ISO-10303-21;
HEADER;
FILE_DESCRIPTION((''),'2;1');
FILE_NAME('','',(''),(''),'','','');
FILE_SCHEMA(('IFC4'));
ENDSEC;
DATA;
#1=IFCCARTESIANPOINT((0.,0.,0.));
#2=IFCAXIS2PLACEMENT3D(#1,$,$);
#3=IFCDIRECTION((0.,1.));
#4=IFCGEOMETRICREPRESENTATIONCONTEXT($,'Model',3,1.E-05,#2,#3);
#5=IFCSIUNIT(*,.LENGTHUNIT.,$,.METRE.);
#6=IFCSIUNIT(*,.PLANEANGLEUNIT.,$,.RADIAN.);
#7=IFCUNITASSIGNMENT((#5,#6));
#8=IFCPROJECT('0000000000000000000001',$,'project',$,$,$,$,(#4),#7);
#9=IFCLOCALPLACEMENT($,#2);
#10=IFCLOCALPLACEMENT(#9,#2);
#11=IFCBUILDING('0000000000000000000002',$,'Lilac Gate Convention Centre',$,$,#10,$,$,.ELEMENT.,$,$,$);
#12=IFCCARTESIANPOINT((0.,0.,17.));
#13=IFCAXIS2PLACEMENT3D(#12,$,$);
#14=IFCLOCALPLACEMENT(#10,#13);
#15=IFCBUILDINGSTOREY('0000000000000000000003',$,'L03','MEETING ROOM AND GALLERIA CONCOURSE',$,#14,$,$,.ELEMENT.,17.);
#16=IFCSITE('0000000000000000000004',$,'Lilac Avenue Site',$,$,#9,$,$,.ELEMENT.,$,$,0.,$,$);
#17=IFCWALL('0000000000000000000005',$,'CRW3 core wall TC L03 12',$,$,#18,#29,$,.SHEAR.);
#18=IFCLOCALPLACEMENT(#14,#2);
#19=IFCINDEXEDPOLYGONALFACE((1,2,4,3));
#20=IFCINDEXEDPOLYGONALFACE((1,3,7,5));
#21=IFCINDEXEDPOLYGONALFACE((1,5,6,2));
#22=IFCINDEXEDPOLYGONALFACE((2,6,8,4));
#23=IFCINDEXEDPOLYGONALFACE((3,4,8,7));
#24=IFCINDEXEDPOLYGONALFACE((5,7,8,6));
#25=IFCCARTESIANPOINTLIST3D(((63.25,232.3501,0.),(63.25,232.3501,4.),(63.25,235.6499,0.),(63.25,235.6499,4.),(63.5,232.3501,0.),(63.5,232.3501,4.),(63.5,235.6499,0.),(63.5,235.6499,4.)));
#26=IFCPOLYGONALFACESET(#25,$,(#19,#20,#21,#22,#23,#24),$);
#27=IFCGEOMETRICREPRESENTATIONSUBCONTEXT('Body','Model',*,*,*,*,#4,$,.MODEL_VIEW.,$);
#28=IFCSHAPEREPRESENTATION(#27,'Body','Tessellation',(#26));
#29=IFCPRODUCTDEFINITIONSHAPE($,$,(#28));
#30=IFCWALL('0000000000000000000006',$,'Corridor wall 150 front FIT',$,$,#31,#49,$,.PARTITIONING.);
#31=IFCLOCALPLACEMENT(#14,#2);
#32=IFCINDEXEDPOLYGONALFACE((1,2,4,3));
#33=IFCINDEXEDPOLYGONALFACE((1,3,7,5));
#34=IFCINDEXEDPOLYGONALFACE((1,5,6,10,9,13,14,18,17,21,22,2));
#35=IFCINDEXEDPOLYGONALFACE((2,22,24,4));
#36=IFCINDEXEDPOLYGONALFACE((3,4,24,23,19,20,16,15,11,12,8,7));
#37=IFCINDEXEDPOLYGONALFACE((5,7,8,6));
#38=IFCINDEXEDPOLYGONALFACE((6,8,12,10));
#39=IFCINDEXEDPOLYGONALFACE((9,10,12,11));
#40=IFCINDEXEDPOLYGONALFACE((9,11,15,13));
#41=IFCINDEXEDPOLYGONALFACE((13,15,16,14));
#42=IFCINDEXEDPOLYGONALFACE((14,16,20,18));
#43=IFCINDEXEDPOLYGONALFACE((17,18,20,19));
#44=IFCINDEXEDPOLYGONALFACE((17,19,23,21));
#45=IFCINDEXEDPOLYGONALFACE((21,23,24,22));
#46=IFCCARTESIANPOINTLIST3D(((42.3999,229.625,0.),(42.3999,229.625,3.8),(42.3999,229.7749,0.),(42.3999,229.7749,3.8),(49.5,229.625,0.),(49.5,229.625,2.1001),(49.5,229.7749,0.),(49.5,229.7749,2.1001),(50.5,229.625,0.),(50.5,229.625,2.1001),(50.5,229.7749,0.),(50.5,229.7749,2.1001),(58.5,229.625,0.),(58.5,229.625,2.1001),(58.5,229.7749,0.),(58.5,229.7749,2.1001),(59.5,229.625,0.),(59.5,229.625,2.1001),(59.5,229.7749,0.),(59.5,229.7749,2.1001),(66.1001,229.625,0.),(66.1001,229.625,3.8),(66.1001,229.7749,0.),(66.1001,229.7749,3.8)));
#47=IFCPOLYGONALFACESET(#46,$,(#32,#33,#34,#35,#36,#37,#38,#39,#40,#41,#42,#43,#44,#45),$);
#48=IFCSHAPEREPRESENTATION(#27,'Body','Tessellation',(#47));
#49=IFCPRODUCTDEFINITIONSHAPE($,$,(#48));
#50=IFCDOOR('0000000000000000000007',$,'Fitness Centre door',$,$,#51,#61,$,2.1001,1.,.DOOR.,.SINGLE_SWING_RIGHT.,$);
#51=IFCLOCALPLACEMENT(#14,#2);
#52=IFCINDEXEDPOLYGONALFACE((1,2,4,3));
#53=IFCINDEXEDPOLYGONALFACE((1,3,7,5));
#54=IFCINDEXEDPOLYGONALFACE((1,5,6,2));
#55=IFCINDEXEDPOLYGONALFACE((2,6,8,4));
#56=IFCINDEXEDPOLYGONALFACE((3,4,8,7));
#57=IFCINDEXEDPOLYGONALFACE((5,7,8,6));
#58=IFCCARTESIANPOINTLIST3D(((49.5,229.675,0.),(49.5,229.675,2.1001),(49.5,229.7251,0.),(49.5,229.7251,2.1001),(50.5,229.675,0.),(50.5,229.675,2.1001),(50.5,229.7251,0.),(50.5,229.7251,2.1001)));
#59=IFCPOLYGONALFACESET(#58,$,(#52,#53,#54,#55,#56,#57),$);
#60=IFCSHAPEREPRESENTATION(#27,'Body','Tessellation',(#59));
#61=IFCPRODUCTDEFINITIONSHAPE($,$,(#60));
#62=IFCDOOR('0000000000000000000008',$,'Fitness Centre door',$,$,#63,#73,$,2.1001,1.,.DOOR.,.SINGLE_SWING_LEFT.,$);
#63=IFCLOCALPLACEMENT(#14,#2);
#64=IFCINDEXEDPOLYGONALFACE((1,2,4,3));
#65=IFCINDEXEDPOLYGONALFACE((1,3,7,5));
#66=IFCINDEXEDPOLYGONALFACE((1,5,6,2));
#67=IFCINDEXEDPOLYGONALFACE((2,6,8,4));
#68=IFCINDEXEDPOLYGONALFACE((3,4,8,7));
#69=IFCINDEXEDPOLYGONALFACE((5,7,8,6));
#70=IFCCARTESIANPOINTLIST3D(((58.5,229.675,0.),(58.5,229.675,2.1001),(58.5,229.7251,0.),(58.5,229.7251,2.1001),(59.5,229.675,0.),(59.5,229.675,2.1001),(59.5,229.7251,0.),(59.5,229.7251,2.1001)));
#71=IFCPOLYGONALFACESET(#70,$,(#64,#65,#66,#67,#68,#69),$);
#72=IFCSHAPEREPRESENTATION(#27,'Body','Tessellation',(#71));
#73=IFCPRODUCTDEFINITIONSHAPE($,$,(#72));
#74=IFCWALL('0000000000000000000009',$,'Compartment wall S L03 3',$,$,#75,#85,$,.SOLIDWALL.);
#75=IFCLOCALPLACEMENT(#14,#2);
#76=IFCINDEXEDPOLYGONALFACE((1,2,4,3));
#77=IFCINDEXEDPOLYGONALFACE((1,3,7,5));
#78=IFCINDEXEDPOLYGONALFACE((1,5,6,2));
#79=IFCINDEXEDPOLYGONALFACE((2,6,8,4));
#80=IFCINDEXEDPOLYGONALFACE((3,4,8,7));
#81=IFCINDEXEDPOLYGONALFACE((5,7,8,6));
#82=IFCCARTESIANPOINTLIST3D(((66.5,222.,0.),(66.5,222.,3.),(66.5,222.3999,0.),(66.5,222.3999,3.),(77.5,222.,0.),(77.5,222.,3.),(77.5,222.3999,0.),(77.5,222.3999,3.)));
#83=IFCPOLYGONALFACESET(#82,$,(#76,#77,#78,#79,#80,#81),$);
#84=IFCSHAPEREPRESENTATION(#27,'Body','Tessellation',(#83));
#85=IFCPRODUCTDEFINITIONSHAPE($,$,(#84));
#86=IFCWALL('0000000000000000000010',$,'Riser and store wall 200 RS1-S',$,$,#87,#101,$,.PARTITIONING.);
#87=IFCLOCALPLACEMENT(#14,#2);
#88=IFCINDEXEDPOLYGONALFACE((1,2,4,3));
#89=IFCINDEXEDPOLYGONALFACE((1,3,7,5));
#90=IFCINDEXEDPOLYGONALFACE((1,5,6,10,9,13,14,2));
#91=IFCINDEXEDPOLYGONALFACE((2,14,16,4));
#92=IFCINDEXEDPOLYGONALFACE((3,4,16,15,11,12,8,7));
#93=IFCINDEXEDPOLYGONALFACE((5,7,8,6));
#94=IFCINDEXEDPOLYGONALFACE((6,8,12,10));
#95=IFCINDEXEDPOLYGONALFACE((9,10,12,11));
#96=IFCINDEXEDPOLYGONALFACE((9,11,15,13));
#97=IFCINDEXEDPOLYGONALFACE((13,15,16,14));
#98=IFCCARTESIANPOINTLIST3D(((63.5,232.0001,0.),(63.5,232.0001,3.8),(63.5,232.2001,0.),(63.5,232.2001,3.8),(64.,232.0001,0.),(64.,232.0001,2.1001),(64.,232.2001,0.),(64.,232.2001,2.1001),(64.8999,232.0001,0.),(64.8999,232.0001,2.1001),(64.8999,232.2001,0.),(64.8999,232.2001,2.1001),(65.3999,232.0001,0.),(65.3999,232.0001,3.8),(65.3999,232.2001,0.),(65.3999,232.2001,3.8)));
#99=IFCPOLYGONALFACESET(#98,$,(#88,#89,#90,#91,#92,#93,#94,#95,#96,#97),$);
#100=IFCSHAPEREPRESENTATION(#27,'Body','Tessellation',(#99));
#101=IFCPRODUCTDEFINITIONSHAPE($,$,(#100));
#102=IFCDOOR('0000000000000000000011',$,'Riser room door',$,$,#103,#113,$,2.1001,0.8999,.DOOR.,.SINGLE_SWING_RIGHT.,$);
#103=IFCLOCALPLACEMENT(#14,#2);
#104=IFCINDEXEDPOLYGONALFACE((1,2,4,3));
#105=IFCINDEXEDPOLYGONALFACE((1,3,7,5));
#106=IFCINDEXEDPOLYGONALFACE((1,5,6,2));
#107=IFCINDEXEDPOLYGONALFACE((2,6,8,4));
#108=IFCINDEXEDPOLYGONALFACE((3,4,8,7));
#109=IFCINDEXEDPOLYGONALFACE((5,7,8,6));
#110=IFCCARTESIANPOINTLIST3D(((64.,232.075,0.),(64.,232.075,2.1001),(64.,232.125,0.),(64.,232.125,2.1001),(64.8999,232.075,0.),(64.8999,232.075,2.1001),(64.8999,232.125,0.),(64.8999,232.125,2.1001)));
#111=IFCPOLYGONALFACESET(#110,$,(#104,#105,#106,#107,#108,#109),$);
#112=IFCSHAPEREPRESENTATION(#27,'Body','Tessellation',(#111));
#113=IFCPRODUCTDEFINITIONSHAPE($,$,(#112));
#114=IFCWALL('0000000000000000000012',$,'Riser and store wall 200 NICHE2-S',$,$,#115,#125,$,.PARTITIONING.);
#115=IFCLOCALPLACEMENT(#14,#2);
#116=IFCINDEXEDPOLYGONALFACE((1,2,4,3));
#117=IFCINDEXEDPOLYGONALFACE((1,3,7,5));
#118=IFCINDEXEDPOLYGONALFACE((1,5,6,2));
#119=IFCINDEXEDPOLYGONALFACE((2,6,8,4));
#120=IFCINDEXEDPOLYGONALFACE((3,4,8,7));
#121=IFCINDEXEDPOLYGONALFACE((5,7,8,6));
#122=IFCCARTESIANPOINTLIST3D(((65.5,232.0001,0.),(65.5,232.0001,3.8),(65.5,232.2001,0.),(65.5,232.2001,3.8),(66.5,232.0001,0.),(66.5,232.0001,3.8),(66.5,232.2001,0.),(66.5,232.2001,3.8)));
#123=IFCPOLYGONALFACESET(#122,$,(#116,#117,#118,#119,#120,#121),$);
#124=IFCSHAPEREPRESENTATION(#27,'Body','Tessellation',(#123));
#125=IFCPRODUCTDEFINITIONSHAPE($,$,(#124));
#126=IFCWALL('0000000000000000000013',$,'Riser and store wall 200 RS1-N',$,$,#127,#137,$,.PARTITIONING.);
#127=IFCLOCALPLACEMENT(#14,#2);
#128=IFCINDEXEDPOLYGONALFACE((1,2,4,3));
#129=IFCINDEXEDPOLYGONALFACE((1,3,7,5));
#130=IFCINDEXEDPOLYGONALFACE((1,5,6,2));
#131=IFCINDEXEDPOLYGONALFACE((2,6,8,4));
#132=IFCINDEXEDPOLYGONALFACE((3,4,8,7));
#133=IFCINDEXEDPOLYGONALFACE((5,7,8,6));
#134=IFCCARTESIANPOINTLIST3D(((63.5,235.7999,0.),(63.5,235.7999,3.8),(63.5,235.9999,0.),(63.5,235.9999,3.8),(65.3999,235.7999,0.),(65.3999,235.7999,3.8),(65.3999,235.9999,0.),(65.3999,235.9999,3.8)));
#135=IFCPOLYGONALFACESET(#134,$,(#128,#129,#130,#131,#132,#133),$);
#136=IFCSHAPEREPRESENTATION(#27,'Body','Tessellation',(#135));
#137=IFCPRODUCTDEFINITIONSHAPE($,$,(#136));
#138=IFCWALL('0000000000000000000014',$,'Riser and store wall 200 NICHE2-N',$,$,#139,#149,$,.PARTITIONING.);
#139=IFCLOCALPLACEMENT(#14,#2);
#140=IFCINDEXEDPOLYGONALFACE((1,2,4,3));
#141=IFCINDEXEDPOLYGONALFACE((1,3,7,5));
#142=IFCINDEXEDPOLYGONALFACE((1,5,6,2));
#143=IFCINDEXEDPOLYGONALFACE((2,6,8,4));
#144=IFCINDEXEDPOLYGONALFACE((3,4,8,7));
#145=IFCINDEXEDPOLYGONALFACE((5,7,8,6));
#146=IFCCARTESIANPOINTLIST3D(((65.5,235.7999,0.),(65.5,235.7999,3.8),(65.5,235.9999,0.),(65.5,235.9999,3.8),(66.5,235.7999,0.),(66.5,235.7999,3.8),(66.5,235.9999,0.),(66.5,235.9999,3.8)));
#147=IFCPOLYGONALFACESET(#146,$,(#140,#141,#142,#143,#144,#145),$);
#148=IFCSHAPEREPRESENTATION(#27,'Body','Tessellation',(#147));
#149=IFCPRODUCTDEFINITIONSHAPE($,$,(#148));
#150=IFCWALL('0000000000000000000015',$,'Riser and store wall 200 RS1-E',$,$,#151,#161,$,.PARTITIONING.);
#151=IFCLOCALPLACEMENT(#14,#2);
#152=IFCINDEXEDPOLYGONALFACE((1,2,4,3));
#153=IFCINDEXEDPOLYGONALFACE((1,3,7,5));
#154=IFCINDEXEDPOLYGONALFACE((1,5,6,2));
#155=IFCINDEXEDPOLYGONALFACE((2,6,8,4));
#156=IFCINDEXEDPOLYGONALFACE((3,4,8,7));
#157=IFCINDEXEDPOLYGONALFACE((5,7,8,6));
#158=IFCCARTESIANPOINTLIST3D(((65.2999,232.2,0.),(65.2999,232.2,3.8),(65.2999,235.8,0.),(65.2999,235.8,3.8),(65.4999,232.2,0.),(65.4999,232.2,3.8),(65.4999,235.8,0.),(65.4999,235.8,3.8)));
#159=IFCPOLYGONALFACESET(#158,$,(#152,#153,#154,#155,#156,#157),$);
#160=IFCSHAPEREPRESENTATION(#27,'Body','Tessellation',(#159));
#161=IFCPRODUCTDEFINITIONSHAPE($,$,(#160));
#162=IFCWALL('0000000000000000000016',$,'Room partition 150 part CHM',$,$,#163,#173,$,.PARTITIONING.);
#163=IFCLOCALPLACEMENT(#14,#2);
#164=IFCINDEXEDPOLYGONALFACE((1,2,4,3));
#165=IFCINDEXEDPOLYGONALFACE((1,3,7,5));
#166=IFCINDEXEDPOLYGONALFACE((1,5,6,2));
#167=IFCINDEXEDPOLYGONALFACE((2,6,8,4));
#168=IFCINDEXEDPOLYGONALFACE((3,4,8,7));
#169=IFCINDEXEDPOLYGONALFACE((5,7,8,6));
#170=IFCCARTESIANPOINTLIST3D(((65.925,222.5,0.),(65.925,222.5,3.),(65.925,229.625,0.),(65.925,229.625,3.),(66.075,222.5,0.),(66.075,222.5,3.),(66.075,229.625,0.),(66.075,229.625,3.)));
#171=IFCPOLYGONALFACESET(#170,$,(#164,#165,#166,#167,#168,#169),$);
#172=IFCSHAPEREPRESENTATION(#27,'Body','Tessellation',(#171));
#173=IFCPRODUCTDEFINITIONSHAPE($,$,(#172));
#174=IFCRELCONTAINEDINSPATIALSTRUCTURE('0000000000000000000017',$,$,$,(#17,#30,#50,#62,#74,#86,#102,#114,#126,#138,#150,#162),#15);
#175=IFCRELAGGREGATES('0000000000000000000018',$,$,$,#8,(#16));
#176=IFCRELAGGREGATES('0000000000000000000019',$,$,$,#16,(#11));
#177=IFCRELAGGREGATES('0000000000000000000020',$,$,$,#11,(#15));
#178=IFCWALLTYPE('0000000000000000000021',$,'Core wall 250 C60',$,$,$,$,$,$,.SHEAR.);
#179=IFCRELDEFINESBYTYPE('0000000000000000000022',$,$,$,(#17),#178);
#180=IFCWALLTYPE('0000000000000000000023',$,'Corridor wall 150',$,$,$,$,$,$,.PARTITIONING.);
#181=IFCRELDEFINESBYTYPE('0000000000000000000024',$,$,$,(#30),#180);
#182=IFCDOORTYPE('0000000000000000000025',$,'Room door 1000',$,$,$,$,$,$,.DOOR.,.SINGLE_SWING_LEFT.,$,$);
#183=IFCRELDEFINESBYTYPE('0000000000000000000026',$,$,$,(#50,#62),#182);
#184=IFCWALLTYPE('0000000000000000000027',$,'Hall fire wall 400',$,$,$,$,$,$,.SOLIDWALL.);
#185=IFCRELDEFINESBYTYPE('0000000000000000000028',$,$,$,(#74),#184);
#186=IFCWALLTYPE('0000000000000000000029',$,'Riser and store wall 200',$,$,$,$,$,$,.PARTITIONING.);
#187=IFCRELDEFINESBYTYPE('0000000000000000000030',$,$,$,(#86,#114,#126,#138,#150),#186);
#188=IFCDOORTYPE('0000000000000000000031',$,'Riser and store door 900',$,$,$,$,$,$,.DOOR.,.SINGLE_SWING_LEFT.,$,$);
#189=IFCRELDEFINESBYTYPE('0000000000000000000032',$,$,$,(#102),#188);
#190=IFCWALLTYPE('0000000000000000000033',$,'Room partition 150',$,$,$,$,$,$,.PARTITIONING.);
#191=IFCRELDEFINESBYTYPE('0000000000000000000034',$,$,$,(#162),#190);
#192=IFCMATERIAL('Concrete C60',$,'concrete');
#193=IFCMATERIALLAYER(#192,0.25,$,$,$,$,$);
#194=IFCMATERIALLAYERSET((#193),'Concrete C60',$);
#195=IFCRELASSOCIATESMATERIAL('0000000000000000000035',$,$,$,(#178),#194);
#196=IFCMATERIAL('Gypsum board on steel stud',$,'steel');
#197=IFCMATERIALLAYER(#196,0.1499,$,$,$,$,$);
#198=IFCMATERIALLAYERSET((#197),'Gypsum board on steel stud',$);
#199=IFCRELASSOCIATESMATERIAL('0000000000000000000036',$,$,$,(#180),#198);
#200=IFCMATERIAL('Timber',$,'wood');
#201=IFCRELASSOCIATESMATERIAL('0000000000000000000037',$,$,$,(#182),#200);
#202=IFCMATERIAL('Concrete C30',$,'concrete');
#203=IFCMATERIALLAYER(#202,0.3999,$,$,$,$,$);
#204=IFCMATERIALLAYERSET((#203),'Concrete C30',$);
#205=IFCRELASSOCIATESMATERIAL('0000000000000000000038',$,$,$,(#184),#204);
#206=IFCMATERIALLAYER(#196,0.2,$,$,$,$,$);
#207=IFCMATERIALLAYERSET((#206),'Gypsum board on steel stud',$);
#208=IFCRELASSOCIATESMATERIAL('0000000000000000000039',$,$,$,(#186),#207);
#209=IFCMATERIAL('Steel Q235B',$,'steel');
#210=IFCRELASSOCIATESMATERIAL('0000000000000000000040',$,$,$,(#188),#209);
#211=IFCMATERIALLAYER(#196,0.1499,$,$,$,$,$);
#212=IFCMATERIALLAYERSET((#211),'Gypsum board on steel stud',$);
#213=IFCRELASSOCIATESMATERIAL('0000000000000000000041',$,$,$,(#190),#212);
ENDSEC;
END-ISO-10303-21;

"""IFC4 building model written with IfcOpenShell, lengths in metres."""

from ifc_helpers import new_model, si_unit, direction, frame, frame_2d, origin, place, context, subcontext, project, spatial, rectangle, extrude, material, layer, layer_set, type_object, element, fill, save


model = new_model("IFC4")

# Units and contexts
model_context = context("Model", 3, precision=1e-05, world=origin(), true_north=direction((0.0, 1.0)))
body_context = subcontext(model_context, "Body", "Model", "MODEL_VIEW")
ifc_project = project(units=[si_unit("LENGTHUNIT", "METRE"), si_unit("PLANEANGLEUNIT", "RADIAN")], contexts=[model_context])

# Site, building, storey
site_placement = place(None, origin())
site = spatial("IfcSite", under=ifc_project, at=site_placement, Name="Lilac Avenue Site", CompositionType="ELEMENT", RefElevation=0.0)
building_placement = place(site_placement, origin())
building = spatial("IfcBuilding", under=site, at=building_placement, Name="Lilac Gate Convention Centre", CompositionType="ELEMENT")
storey_placement = place(building_placement, frame((0.0, 0.0, 17.0)))
storey = spatial("IfcBuildingStorey", under=building, at=storey_placement, Name="L03", Description="MEETING ROOM AND GALLERIA CONCOURSE", CompositionType="ELEMENT", Elevation=17.0)

# Shared definitions
ifc_material_1 = material(Name="Concrete C60", Category="concrete")
ifc_layer_1 = layer(ifc_material_1, 0.25)
ifc_layer_set_1 = layer_set([ifc_layer_1], Name="Concrete C60")
wall_type_1 = type_object("IfcWallType", Name="Core wall 250 C60", PredefinedType="SHEAR", material=ifc_layer_set_1)

# Wall
for number, where, z_axis, x_axis, name in (
    (1, (63.375, 232.3501, 0.0), (0.0, 0.0, 1.0), (0.0, 1.0, 0.0), "CRW3 core wall TC L03 12"),
):
    element("IfcWall", number, at=place(storey_placement, frame(where, z_axis=z_axis, x_axis=x_axis)), inside=storey, type_object=wall_type_1, Name=name, PredefinedType="SHEAR", context=body_context, shape_type="SweptSolid", body=[
        extrude(rectangle(XDim=3.2998, YDim=0.25, at=frame_2d((1.6499, 0.0))), origin(), (0.0, 0.0, 1.0), 4.0),
    ])

# Wall, openings, doors
ifc_material_2 = material(Name="Gypsum board on steel stud", Category="steel")
ifc_layer_2 = layer(ifc_material_2, 0.1499)
ifc_layer_set_2 = layer_set([ifc_layer_2], Name="Gypsum board on steel stud")
wall_type_2 = type_object("IfcWallType", Name="Corridor wall 150", PredefinedType="PARTITIONING", material=ifc_layer_set_2)
wall_1_placement = place(storey_placement, frame((66.1001, 229.7, 0.0), z_axis=(0.0, 0.0, 1.0), x_axis=(-1.0, 0.0, 0.0)))
wall_1 = element("IfcWall", 2, at=wall_1_placement, inside=storey, type_object=wall_type_2, Name="Corridor wall 150 front FIT", PredefinedType="PARTITIONING", context=body_context, shape_type="SweptSolid", body=[
    extrude(rectangle(XDim=23.7002, YDim=0.1499, at=frame_2d((11.8501, 0.0))), origin(), (0.0, 0.0, 1.0), 3.8),
])
opening_1_placement = place(wall_1_placement, frame((15.6001, 0.0, 0.0)))
opening_1 = element("IfcOpeningElement", 3, at=opening_1_placement, cuts=wall_1, PredefinedType="OPENING", context=body_context, shape_type="SweptSolid", body=[
    extrude(rectangle(XDim=1.0, YDim=2.1001, at=frame_2d((0.5, 1.05))), frame((0.0, 0.085, 0.0), z_axis=(0.0, -1.0, 0.0), x_axis=(1.0, 0.0, 0.0)), (0.0, 0.0, 1.0), 0.1699),
])
opening_2_placement = place(wall_1_placement, frame((6.6001, 0.0, 0.0)))
opening_2 = element("IfcOpeningElement", 4, at=opening_2_placement, cuts=wall_1, PredefinedType="OPENING", context=body_context, shape_type="SweptSolid", body=[
    extrude(rectangle(XDim=1.0, YDim=2.1001, at=frame_2d((0.5, 1.05))), frame((0.0, 0.085, 0.0), z_axis=(0.0, -1.0, 0.0), x_axis=(1.0, 0.0, 0.0)), (0.0, 0.0, 1.0), 0.1699),
])
ifc_material_3 = material(Name="Timber", Category="wood")
door_type_1 = type_object("IfcDoorType", Name="Room door 1000", OperationType="SINGLE_SWING_LEFT", PredefinedType="DOOR", material=ifc_material_3)
door_1_placement = place(opening_1_placement, origin())
door_1 = element("IfcDoor", 5, at=door_1_placement, inside=storey, type_object=door_type_1, Name="Fitness Centre door", OperationType="SINGLE_SWING_RIGHT", OverallHeight=2.1001, OverallWidth=1.0, PredefinedType="DOOR", context=body_context, shape_type="SweptSolid", body=[
    extrude(rectangle(XDim=1.0, YDim=2.1001, at=frame_2d((0.5, 1.05))), frame((0.0, 0.0249, 0.0), z_axis=(0.0, -1.0, 0.0), x_axis=(1.0, 0.0, 0.0)), (0.0, 0.0, 1.0), 0.05),
])
fill(opening_1, door_1)
door_2_placement = place(opening_2_placement, origin())
door_2 = element("IfcDoor", 6, at=door_2_placement, inside=storey, type_object=door_type_1, Name="Fitness Centre door", OperationType="SINGLE_SWING_LEFT", OverallHeight=2.1001, OverallWidth=1.0, PredefinedType="DOOR", context=body_context, shape_type="SweptSolid", body=[
    extrude(rectangle(XDim=1.0, YDim=2.1001, at=frame_2d((0.5, 1.05))), frame((0.0, 0.0249, 0.0), z_axis=(0.0, -1.0, 0.0), x_axis=(1.0, 0.0, 0.0)), (0.0, 0.0, 1.0), 0.05),
])
fill(opening_2, door_2)

# Wall
ifc_material_4 = material(Name="Concrete C30", Category="concrete")
ifc_layer_3 = layer(ifc_material_4, 0.3999)
ifc_layer_set_3 = layer_set([ifc_layer_3], Name="Concrete C30")
wall_type_3 = type_object("IfcWallType", Name="Hall fire wall 400", PredefinedType="SOLIDWALL", material=ifc_layer_set_3)
wall_2_placement = place(storey_placement, frame((66.5, 222.2, 0.0), z_axis=(0.0, 0.0, 1.0), x_axis=(1.0, 0.0, 0.0)))
element("IfcWall", 7, at=wall_2_placement, inside=storey, type_object=wall_type_3, Name="Compartment wall S L03 3", PredefinedType="SOLIDWALL", context=body_context, shape_type="SweptSolid", body=[
    extrude(rectangle(XDim=11.0, YDim=0.3999, at=frame_2d((5.5, 0.0))), origin(), (0.0, 0.0, 1.0), 3.0),
])

# Wall, opening, door
ifc_layer_4 = layer(ifc_material_2, 0.2)
ifc_layer_set_4 = layer_set([ifc_layer_4], Name="Gypsum board on steel stud")
wall_type_4 = type_object("IfcWallType", Name="Riser and store wall 200", PredefinedType="PARTITIONING", material=ifc_layer_set_4)
wall_3_placement = place(storey_placement, frame((63.5, 232.1001, 0.0), z_axis=(0.0, 0.0, 1.0), x_axis=(1.0, 0.0, 0.0)))
wall_3 = element("IfcWall", 8, at=wall_3_placement, inside=storey, type_object=wall_type_4, Name="Riser and store wall 200 RS1-S", PredefinedType="PARTITIONING", context=body_context, shape_type="SweptSolid", body=[
    extrude(rectangle(XDim=1.8999, YDim=0.2, at=frame_2d((0.95, 0.0))), origin(), (0.0, 0.0, 1.0), 3.8),
])
opening_3_placement = place(wall_3_placement, frame((0.5, 0.0, 0.0)))
opening_3 = element("IfcOpeningElement", 9, at=opening_3_placement, cuts=wall_3, PredefinedType="OPENING", context=body_context, shape_type="SweptSolid", body=[
    extrude(rectangle(XDim=0.8999, YDim=2.1001, at=frame_2d((0.45, 1.05))), frame((0.0, 0.1099, 0.0), z_axis=(0.0, -1.0, 0.0), x_axis=(1.0, 0.0, 0.0)), (0.0, 0.0, 1.0), 0.22),
])
ifc_material_5 = material(Name="Steel Q235B", Category="steel")
door_type_2 = type_object("IfcDoorType", Name="Riser and store door 900", OperationType="SINGLE_SWING_LEFT", PredefinedType="DOOR", material=ifc_material_5)
door_3_placement = place(opening_3_placement, origin())
door_3 = element("IfcDoor", 10, at=door_3_placement, inside=storey, type_object=door_type_2, Name="Riser room door", OperationType="SINGLE_SWING_RIGHT", OverallHeight=2.1001, OverallWidth=0.8999, PredefinedType="DOOR", context=body_context, shape_type="SweptSolid", body=[
    extrude(rectangle(XDim=0.8999, YDim=2.1001, at=frame_2d((0.45, 1.05))), frame((0.0, 0.0249, 0.0), z_axis=(0.0, -1.0, 0.0), x_axis=(1.0, 0.0, 0.0)), (0.0, 0.0, 1.0), 0.05),
])
fill(opening_3, door_3)

# Walls
wall_4_placement = place(storey_placement, frame((65.5, 232.1001, 0.0), z_axis=(0.0, 0.0, 1.0), x_axis=(1.0, 0.0, 0.0)))
element("IfcWall", 11, at=wall_4_placement, inside=storey, type_object=wall_type_4, Name="Riser and store wall 200 NICHE2-S", PredefinedType="PARTITIONING", context=body_context, shape_type="SweptSolid", body=[
    extrude(rectangle(XDim=1.0, YDim=0.2, at=frame_2d((0.5, 0.0))), origin(), (0.0, 0.0, 1.0), 3.8),
])
wall_5_placement = place(storey_placement, frame((63.5, 235.8999, 0.0), z_axis=(0.0, 0.0, 1.0), x_axis=(1.0, 0.0, 0.0)))
element("IfcWall", 12, at=wall_5_placement, inside=storey, type_object=wall_type_4, Name="Riser and store wall 200 RS1-N", PredefinedType="PARTITIONING", context=body_context, shape_type="SweptSolid", body=[
    extrude(rectangle(XDim=1.8999, YDim=0.2, at=frame_2d((0.95, 0.0))), origin(), (0.0, 0.0, 1.0), 3.8),
])
wall_6_placement = place(storey_placement, frame((65.5, 235.8999, 0.0), z_axis=(0.0, 0.0, 1.0), x_axis=(1.0, 0.0, 0.0)))
element("IfcWall", 13, at=wall_6_placement, inside=storey, type_object=wall_type_4, Name="Riser and store wall 200 NICHE2-N", PredefinedType="PARTITIONING", context=body_context, shape_type="SweptSolid", body=[
    extrude(rectangle(XDim=1.0, YDim=0.2, at=frame_2d((0.5, 0.0))), origin(), (0.0, 0.0, 1.0), 3.8),
])
wall_7_placement = place(storey_placement, frame((65.3999, 232.2, 0.0), z_axis=(0.0, 0.0, 1.0), x_axis=(0.0, 1.0, 0.0)))
element("IfcWall", 14, at=wall_7_placement, inside=storey, type_object=wall_type_4, Name="Riser and store wall 200 RS1-E", PredefinedType="PARTITIONING", context=body_context, shape_type="SweptSolid", body=[
    extrude(rectangle(XDim=3.6001, YDim=0.2, at=frame_2d((1.8, 0.0))), origin(), (0.0, 0.0, 1.0), 3.8),
])
ifc_layer_5 = layer(ifc_material_2, 0.1499)
ifc_layer_set_5 = layer_set([ifc_layer_5], Name="Gypsum board on steel stud")
wall_type_5 = type_object("IfcWallType", Name="Room partition 150", PredefinedType="PARTITIONING", material=ifc_layer_set_5)
wall_8_placement = place(storey_placement, frame((66.0, 222.5, 0.0), z_axis=(0.0, 0.0, 1.0), x_axis=(0.0, 1.0, 0.0)))
element("IfcWall", 15, at=wall_8_placement, inside=storey, type_object=wall_type_5, Name="Room partition 150 part CHM", PredefinedType="PARTITIONING", context=body_context, shape_type="SweptSolid", body=[
    extrude(rectangle(XDim=7.125, YDim=0.1499, at=frame_2d((3.5625, 0.0))), origin(), (0.0, 0.0, 1.0), 3.0),
])

save(model, "model.ifc")
